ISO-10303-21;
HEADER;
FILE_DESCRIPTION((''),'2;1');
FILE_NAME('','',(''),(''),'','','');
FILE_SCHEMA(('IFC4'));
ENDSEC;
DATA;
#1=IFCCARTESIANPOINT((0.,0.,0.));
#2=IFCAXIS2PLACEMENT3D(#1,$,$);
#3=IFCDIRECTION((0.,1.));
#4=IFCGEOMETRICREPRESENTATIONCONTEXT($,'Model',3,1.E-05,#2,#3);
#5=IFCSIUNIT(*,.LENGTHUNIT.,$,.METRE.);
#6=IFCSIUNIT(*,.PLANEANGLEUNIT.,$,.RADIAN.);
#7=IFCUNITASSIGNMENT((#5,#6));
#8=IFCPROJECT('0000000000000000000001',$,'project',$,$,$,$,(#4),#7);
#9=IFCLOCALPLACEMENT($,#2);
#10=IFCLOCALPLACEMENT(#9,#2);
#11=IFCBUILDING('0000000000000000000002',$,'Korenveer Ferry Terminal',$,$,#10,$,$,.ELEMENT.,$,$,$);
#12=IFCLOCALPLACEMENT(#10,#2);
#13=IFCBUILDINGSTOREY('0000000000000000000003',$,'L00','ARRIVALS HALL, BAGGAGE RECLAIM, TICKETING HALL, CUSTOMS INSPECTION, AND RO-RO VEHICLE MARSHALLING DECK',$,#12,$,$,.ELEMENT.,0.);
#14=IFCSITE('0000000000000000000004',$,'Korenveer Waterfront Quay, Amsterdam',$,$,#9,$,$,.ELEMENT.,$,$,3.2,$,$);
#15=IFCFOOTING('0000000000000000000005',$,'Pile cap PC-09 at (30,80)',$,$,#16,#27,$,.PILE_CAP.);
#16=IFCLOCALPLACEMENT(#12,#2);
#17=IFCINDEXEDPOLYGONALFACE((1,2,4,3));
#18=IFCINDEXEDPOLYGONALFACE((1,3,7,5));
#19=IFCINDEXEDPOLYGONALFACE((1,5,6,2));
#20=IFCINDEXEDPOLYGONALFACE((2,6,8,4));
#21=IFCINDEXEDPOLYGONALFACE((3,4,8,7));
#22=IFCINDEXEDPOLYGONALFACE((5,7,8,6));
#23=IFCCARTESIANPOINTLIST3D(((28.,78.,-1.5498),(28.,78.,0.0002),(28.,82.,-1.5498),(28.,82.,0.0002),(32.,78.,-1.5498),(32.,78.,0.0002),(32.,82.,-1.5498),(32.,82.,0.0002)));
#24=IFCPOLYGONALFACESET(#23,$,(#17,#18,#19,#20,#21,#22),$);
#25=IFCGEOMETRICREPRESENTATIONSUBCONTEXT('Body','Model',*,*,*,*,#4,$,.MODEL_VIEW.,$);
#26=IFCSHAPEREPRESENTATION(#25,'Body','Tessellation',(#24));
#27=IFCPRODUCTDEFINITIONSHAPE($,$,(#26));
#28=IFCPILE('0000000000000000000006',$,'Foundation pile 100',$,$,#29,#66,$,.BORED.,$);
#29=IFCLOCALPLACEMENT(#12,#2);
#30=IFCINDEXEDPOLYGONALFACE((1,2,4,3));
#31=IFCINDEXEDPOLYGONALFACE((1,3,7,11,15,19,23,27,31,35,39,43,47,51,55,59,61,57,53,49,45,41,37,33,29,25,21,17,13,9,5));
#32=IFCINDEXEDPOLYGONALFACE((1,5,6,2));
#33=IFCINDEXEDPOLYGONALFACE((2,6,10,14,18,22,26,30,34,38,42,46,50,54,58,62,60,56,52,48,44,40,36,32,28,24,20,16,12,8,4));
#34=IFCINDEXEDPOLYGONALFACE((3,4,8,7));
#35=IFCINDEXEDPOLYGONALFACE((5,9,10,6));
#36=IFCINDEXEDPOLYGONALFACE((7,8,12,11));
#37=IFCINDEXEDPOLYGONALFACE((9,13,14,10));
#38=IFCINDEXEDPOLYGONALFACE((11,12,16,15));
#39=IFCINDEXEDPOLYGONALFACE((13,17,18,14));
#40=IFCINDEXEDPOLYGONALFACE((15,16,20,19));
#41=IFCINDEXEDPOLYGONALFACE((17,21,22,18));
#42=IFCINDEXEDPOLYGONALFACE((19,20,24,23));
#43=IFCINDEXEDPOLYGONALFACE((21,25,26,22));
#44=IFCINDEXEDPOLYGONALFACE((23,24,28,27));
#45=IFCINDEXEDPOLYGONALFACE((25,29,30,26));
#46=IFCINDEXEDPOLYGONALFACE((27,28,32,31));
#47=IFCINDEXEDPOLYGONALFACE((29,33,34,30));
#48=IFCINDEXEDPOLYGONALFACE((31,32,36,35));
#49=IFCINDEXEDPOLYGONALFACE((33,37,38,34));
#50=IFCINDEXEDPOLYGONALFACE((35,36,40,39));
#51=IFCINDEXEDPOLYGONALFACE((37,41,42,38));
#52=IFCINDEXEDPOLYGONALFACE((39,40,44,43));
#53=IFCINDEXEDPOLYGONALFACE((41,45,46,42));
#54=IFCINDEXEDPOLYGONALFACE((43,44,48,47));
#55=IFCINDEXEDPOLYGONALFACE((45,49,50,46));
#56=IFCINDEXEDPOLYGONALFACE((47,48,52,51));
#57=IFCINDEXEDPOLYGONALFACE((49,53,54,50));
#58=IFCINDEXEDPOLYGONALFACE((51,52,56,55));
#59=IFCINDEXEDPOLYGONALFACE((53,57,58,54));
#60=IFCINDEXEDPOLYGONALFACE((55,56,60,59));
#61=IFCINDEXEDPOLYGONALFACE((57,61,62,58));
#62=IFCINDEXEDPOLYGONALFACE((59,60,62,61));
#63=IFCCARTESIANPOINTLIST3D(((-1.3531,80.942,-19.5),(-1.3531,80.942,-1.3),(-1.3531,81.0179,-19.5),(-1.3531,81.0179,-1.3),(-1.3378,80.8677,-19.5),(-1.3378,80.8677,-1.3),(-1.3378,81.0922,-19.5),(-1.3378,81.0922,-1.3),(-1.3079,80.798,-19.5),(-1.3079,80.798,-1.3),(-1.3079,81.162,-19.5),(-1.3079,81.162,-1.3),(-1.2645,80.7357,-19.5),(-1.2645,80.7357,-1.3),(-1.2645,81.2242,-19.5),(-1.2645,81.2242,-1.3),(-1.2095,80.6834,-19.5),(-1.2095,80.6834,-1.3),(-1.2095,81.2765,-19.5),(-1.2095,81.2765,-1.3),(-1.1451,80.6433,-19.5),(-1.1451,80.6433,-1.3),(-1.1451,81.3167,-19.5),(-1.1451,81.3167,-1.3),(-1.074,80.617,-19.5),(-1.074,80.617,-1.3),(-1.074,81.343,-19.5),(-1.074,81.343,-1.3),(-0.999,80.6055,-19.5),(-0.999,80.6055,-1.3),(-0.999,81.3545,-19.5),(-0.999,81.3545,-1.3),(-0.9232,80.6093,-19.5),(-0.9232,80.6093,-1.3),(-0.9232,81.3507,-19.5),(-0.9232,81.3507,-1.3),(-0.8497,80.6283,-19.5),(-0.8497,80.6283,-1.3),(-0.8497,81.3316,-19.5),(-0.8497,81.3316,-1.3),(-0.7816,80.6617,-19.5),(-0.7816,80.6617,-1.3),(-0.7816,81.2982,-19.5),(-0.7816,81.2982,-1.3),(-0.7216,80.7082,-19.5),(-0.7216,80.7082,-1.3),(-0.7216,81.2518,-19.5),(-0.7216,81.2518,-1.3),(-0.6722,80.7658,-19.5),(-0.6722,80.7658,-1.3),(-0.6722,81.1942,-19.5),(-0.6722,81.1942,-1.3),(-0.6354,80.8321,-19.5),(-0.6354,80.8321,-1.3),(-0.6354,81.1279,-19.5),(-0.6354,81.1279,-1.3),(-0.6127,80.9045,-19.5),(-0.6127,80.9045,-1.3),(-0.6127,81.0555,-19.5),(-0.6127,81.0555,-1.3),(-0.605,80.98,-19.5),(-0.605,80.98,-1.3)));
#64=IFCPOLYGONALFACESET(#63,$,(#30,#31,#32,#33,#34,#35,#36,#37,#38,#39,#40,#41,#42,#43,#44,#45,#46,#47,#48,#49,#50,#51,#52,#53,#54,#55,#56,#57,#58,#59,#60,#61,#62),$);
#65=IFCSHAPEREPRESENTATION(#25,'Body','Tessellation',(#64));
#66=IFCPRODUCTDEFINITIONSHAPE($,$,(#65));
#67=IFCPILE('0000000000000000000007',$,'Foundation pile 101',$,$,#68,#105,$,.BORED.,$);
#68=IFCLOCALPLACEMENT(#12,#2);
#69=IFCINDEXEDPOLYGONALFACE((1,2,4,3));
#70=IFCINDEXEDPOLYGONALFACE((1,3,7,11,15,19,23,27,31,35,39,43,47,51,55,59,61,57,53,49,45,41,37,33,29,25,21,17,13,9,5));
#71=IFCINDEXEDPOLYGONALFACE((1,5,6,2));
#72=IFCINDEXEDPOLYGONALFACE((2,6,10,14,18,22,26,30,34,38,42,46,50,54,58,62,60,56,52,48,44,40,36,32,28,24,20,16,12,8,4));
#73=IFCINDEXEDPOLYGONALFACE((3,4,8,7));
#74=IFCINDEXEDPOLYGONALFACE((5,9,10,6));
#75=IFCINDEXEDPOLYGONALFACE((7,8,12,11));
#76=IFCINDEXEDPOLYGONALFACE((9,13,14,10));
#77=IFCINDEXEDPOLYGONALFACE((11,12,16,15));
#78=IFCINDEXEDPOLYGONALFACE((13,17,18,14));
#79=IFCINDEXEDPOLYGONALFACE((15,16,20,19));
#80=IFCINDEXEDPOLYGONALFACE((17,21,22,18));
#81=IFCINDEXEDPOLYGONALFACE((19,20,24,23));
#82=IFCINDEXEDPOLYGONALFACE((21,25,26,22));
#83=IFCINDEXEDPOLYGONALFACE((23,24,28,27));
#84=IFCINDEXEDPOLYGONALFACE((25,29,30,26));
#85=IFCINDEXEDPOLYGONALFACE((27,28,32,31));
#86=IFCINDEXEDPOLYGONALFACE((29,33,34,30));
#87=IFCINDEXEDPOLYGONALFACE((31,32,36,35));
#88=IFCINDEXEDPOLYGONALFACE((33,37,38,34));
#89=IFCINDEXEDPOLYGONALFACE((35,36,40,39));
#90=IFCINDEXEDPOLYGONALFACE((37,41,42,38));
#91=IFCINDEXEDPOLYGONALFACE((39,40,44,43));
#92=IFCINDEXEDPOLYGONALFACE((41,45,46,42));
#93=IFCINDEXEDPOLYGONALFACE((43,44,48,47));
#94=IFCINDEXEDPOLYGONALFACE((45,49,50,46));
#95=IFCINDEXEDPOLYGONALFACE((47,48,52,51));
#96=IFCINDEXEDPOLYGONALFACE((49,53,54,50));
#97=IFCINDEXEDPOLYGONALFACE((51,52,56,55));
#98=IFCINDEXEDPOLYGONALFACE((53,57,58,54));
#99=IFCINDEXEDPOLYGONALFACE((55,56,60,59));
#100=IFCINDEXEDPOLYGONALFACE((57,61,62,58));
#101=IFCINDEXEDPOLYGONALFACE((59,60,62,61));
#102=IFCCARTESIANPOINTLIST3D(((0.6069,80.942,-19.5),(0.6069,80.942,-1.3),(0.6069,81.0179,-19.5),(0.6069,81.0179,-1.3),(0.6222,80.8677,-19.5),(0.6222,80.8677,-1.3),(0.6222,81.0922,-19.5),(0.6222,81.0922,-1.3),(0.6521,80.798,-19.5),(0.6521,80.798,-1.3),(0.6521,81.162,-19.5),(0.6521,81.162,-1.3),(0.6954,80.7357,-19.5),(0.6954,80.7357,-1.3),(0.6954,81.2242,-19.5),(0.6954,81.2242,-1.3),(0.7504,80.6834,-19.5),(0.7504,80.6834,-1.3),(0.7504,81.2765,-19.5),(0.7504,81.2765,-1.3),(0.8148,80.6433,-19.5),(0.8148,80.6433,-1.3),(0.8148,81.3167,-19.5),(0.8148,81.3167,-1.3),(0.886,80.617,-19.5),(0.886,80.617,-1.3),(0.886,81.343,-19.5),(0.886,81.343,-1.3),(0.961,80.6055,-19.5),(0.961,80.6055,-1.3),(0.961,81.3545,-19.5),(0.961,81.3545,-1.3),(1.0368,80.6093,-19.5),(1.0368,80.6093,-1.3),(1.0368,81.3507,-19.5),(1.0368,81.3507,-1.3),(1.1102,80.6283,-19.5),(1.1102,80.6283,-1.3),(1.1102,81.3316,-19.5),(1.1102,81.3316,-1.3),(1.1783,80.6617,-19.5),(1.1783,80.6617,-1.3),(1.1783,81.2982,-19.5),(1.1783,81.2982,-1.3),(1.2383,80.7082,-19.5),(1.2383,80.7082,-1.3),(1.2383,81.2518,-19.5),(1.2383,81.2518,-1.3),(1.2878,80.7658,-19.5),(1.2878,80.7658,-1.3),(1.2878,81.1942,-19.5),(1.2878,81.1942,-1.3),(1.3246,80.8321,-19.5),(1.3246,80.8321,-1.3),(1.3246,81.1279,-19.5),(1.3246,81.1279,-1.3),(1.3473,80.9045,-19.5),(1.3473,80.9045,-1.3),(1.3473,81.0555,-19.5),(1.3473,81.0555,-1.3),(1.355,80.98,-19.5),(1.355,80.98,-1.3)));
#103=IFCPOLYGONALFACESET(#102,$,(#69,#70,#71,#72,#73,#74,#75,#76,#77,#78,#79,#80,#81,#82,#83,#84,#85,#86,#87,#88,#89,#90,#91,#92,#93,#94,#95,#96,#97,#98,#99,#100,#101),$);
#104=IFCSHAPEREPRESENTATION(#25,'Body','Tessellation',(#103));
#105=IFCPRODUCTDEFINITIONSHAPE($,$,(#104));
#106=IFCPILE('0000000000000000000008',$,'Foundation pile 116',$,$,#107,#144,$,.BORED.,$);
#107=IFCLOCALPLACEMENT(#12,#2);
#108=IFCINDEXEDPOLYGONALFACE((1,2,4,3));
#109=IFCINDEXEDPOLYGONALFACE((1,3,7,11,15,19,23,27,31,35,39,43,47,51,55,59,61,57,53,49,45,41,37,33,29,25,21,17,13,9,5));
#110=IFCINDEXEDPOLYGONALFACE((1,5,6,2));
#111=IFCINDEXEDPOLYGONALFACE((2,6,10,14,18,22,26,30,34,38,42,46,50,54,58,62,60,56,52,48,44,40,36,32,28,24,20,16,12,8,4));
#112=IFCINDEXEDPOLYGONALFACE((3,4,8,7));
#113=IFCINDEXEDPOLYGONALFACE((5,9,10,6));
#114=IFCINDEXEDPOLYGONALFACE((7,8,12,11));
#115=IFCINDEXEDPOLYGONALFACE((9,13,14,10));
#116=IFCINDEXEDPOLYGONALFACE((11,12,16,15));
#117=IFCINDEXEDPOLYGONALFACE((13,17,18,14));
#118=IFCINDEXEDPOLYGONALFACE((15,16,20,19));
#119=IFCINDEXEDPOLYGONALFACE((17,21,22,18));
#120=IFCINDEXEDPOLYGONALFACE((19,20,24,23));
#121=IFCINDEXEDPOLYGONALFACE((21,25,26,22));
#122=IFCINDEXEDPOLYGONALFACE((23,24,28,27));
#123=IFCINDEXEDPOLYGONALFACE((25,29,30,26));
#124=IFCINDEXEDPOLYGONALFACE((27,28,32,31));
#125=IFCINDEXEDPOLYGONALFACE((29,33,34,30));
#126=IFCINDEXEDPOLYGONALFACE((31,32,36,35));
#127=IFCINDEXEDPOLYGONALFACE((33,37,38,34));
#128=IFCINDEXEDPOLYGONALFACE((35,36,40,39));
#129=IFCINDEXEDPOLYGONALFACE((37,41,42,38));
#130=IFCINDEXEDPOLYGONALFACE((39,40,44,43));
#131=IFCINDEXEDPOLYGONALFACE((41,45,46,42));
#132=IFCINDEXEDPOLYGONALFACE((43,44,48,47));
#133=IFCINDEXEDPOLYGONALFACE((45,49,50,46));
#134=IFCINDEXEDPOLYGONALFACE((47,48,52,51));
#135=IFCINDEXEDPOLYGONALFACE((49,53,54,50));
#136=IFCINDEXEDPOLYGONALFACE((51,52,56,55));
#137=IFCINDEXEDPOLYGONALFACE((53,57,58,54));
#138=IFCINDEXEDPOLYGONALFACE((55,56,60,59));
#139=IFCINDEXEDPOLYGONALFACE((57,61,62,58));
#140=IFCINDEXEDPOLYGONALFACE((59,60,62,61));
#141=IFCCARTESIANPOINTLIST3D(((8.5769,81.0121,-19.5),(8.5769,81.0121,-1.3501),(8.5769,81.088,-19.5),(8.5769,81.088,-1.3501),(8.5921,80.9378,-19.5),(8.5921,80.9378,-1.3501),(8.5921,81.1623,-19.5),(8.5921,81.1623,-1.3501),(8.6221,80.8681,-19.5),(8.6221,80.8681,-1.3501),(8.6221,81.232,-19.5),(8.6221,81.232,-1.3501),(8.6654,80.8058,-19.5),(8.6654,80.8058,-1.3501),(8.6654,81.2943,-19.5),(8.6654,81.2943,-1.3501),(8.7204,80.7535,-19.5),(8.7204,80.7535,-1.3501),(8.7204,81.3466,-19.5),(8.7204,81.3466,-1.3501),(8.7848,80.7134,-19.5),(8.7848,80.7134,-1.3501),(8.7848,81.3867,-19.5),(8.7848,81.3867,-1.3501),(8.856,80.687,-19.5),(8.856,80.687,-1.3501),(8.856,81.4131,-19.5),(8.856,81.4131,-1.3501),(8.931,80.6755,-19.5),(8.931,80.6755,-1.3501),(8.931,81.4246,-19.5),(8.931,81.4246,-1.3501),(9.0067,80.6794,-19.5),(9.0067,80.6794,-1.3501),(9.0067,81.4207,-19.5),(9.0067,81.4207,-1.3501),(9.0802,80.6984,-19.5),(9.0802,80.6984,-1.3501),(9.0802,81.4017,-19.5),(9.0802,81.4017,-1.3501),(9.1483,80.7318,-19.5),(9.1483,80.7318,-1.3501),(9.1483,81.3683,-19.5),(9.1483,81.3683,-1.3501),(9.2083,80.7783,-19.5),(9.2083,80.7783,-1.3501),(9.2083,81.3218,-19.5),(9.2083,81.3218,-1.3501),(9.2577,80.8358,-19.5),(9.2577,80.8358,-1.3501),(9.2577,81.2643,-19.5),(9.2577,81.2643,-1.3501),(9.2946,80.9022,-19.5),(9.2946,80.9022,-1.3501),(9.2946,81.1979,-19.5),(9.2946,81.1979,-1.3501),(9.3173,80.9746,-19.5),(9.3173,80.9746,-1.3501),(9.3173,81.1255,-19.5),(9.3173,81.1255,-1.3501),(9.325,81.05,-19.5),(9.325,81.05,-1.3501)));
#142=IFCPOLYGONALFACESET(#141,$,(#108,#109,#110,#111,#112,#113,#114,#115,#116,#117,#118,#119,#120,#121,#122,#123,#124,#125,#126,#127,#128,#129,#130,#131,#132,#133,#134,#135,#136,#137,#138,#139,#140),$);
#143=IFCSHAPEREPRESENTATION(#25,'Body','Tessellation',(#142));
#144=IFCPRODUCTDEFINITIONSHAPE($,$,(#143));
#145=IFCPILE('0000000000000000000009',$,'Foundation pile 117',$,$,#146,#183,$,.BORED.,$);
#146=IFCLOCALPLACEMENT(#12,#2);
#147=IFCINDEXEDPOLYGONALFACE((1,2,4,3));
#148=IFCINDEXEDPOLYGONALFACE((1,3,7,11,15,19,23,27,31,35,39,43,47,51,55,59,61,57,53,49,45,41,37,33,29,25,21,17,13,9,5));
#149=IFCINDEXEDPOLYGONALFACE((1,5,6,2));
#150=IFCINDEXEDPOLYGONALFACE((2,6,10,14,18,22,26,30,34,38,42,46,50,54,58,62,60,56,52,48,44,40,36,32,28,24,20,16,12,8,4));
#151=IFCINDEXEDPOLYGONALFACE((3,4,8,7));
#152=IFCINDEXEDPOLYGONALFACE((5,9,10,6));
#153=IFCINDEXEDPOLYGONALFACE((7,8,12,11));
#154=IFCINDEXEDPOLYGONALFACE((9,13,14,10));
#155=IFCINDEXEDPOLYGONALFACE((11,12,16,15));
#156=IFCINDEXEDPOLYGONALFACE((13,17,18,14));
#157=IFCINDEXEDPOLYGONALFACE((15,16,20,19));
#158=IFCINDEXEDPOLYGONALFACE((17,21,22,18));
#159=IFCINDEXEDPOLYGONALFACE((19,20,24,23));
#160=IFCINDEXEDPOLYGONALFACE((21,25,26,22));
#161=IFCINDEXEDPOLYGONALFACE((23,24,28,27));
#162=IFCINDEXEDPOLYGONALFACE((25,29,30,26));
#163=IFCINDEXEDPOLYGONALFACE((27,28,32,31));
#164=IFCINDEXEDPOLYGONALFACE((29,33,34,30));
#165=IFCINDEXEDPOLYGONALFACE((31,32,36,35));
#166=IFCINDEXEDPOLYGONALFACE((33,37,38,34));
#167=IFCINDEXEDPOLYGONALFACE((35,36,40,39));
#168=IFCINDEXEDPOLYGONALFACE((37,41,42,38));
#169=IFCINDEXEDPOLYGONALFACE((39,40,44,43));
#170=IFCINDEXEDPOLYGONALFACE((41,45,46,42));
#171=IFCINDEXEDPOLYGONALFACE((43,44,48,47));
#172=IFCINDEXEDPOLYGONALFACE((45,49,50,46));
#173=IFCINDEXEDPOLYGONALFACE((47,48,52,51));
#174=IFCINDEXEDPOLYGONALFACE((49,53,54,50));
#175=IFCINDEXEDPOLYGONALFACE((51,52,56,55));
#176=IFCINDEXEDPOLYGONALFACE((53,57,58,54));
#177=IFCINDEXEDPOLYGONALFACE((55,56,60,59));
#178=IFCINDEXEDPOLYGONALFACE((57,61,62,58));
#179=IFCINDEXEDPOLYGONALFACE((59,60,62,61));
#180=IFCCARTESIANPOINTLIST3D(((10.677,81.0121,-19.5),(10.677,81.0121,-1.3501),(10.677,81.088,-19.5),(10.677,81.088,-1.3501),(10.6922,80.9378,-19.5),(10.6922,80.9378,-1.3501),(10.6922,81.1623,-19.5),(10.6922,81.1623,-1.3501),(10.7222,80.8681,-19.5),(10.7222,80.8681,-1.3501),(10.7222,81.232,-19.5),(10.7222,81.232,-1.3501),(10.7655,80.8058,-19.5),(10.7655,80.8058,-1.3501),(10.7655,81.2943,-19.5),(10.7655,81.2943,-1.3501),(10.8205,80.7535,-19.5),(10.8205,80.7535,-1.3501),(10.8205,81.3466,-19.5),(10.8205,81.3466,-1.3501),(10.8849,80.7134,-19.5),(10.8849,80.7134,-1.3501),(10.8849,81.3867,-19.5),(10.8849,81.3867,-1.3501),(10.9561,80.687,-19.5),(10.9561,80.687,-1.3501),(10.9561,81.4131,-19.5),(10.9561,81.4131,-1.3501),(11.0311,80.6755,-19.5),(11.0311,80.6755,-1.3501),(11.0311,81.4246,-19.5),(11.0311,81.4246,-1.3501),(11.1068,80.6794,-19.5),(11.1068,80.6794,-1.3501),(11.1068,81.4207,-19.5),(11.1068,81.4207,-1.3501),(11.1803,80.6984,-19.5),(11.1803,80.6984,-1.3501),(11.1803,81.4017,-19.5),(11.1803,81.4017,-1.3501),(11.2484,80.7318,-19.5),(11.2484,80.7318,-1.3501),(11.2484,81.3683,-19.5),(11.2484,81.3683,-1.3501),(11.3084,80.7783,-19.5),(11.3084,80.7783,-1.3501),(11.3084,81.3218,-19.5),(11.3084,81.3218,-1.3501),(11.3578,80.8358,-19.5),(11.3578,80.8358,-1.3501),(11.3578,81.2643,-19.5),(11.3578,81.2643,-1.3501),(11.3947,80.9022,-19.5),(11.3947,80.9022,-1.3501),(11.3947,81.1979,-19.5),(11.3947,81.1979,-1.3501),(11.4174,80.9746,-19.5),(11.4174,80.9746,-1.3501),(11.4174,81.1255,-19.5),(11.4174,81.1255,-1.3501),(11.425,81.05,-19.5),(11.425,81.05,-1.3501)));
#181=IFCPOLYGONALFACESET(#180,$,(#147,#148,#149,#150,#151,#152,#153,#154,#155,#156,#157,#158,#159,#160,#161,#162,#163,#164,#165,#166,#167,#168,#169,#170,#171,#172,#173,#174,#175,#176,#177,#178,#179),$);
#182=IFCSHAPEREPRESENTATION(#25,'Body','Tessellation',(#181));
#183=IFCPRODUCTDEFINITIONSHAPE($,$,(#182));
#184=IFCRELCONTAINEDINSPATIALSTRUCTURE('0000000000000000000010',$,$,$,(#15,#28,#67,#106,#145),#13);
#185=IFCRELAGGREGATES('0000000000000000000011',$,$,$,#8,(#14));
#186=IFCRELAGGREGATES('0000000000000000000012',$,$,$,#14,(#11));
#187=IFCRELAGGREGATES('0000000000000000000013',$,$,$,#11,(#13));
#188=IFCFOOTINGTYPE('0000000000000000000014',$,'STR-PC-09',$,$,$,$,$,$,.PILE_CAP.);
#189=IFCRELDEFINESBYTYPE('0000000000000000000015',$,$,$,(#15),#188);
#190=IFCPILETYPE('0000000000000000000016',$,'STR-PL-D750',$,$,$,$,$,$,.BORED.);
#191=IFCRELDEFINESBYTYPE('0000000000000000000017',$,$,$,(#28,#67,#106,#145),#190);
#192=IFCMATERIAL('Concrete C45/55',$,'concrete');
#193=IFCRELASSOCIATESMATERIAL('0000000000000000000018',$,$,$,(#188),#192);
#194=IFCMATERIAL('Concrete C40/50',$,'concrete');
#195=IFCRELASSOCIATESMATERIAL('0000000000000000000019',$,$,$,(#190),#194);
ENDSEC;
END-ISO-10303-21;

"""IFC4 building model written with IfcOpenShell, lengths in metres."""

from ifc_helpers import new_model, si_unit, direction, frame, origin, origin_2d, place, context, subcontext, project, spatial, rectangle, circle, extrude, material, material_profile, profile_set, type_object, element, save


model = new_model("IFC4")

# Units and contexts
model_context = context("Model", 3, precision=1e-05, world=origin(), true_north=direction((0.0, 1.0)))
body_context = subcontext(model_context, "Body", "Model", "MODEL_VIEW")
ifc_project = project(units=[si_unit("LENGTHUNIT", "METRE"), si_unit("PLANEANGLEUNIT", "RADIAN")], contexts=[model_context])

# Site, building, storey
site_placement = place(None, origin())
site = spatial("IfcSite", under=ifc_project, at=site_placement, Name="Korenveer Waterfront Quay, Amsterdam", CompositionType="ELEMENT", RefElevation=3.2)
building_placement = place(site_placement, origin())
building = spatial("IfcBuilding", under=site, at=building_placement, Name="Korenveer Ferry Terminal", CompositionType="ELEMENT")
storey_placement = place(building_placement, origin())
storey = spatial("IfcBuildingStorey", under=building, at=storey_placement, Name="L00", Description="ARRIVALS HALL, BAGGAGE RECLAIM, TICKETING HALL, CUSTOMS INSPECTION, AND RO-RO VEHICLE MARSHALLING DECK", CompositionType="ELEMENT", Elevation=0.0)

# Footing
ifc_material_1 = material(Name="Concrete C45/55", Category="concrete")
footing_type = type_object("IfcFootingType", Name="STR-PC-09", PredefinedType="PILE_CAP", material=ifc_material_1)
footing_placement = place(storey_placement, frame((30.0, 80.0, -1.5498), z_axis=(0.0, 0.0, 1.0), x_axis=(1.0, 0.0, 0.0)))
element("IfcFooting", 1, at=footing_placement, inside=storey, type_object=footing_type, Name="Pile cap PC-09 at (30,80)", PredefinedType="PILE_CAP", context=body_context, shape_type="SweptSolid", body=[
    extrude(rectangle(XDim=4.0, YDim=4.0, at=origin_2d()), origin(), (0.0, 0.0, 1.0), 1.55),
])

# Piles
ifc_material_2 = material(Name="Concrete C40/50", Category="concrete")
ifc_material_profile_1 = material_profile(ifc_material_2, circle(Radius=0.375, at=origin_2d()), Name="PILE D750")
ifc_profile_set_1 = profile_set([ifc_material_profile_1], Name="Concrete C40/50")
pile_type_1 = type_object("IfcPileType", Name="STR-PL-D750", PredefinedType="BORED", material=ifc_profile_set_1)
for number, where, z_axis, x_axis, name in (
    (2, (-0.98, 80.98, -1.3), (0.0, 0.0, -1.0), (1.0, 0.0, 0.0), "Foundation pile 100"),
    (3, (0.98, 80.98, -1.3), (0.0, 0.0, -1.0), (1.0, 0.0, 0.0), "Foundation pile 101"),
):
    element("IfcPile", number, at=place(storey_placement, frame(where, z_axis=z_axis, x_axis=x_axis)), inside=storey, type_object=pile_type_1, Name=name, PredefinedType="BORED", context=body_context, shape_type="SweptSolid", body=[
        extrude(circle(Radius=0.375, at=origin_2d()), origin(), (0.0, 0.0, 1.0), 18.2),
    ])
for number, where, z_axis, x_axis, name in (
    (4, (8.95, 81.05, -1.3501), (0.0, 0.0, -1.0), (1.0, 0.0, 0.0), "Foundation pile 116"),
    (5, (11.05, 81.05, -1.3501), (0.0, 0.0, -1.0), (1.0, 0.0, 0.0), "Foundation pile 117"),
):
    element("IfcPile", number, at=place(storey_placement, frame(where, z_axis=z_axis, x_axis=x_axis)), inside=storey, type_object=pile_type_1, Name=name, PredefinedType="BORED", context=body_context, shape_type="SweptSolid", body=[
        extrude(circle(Radius=0.375, at=origin_2d()), origin(), (0.0, 0.0, 1.0), 18.1499),
    ])

save(model, "model.ifc")
